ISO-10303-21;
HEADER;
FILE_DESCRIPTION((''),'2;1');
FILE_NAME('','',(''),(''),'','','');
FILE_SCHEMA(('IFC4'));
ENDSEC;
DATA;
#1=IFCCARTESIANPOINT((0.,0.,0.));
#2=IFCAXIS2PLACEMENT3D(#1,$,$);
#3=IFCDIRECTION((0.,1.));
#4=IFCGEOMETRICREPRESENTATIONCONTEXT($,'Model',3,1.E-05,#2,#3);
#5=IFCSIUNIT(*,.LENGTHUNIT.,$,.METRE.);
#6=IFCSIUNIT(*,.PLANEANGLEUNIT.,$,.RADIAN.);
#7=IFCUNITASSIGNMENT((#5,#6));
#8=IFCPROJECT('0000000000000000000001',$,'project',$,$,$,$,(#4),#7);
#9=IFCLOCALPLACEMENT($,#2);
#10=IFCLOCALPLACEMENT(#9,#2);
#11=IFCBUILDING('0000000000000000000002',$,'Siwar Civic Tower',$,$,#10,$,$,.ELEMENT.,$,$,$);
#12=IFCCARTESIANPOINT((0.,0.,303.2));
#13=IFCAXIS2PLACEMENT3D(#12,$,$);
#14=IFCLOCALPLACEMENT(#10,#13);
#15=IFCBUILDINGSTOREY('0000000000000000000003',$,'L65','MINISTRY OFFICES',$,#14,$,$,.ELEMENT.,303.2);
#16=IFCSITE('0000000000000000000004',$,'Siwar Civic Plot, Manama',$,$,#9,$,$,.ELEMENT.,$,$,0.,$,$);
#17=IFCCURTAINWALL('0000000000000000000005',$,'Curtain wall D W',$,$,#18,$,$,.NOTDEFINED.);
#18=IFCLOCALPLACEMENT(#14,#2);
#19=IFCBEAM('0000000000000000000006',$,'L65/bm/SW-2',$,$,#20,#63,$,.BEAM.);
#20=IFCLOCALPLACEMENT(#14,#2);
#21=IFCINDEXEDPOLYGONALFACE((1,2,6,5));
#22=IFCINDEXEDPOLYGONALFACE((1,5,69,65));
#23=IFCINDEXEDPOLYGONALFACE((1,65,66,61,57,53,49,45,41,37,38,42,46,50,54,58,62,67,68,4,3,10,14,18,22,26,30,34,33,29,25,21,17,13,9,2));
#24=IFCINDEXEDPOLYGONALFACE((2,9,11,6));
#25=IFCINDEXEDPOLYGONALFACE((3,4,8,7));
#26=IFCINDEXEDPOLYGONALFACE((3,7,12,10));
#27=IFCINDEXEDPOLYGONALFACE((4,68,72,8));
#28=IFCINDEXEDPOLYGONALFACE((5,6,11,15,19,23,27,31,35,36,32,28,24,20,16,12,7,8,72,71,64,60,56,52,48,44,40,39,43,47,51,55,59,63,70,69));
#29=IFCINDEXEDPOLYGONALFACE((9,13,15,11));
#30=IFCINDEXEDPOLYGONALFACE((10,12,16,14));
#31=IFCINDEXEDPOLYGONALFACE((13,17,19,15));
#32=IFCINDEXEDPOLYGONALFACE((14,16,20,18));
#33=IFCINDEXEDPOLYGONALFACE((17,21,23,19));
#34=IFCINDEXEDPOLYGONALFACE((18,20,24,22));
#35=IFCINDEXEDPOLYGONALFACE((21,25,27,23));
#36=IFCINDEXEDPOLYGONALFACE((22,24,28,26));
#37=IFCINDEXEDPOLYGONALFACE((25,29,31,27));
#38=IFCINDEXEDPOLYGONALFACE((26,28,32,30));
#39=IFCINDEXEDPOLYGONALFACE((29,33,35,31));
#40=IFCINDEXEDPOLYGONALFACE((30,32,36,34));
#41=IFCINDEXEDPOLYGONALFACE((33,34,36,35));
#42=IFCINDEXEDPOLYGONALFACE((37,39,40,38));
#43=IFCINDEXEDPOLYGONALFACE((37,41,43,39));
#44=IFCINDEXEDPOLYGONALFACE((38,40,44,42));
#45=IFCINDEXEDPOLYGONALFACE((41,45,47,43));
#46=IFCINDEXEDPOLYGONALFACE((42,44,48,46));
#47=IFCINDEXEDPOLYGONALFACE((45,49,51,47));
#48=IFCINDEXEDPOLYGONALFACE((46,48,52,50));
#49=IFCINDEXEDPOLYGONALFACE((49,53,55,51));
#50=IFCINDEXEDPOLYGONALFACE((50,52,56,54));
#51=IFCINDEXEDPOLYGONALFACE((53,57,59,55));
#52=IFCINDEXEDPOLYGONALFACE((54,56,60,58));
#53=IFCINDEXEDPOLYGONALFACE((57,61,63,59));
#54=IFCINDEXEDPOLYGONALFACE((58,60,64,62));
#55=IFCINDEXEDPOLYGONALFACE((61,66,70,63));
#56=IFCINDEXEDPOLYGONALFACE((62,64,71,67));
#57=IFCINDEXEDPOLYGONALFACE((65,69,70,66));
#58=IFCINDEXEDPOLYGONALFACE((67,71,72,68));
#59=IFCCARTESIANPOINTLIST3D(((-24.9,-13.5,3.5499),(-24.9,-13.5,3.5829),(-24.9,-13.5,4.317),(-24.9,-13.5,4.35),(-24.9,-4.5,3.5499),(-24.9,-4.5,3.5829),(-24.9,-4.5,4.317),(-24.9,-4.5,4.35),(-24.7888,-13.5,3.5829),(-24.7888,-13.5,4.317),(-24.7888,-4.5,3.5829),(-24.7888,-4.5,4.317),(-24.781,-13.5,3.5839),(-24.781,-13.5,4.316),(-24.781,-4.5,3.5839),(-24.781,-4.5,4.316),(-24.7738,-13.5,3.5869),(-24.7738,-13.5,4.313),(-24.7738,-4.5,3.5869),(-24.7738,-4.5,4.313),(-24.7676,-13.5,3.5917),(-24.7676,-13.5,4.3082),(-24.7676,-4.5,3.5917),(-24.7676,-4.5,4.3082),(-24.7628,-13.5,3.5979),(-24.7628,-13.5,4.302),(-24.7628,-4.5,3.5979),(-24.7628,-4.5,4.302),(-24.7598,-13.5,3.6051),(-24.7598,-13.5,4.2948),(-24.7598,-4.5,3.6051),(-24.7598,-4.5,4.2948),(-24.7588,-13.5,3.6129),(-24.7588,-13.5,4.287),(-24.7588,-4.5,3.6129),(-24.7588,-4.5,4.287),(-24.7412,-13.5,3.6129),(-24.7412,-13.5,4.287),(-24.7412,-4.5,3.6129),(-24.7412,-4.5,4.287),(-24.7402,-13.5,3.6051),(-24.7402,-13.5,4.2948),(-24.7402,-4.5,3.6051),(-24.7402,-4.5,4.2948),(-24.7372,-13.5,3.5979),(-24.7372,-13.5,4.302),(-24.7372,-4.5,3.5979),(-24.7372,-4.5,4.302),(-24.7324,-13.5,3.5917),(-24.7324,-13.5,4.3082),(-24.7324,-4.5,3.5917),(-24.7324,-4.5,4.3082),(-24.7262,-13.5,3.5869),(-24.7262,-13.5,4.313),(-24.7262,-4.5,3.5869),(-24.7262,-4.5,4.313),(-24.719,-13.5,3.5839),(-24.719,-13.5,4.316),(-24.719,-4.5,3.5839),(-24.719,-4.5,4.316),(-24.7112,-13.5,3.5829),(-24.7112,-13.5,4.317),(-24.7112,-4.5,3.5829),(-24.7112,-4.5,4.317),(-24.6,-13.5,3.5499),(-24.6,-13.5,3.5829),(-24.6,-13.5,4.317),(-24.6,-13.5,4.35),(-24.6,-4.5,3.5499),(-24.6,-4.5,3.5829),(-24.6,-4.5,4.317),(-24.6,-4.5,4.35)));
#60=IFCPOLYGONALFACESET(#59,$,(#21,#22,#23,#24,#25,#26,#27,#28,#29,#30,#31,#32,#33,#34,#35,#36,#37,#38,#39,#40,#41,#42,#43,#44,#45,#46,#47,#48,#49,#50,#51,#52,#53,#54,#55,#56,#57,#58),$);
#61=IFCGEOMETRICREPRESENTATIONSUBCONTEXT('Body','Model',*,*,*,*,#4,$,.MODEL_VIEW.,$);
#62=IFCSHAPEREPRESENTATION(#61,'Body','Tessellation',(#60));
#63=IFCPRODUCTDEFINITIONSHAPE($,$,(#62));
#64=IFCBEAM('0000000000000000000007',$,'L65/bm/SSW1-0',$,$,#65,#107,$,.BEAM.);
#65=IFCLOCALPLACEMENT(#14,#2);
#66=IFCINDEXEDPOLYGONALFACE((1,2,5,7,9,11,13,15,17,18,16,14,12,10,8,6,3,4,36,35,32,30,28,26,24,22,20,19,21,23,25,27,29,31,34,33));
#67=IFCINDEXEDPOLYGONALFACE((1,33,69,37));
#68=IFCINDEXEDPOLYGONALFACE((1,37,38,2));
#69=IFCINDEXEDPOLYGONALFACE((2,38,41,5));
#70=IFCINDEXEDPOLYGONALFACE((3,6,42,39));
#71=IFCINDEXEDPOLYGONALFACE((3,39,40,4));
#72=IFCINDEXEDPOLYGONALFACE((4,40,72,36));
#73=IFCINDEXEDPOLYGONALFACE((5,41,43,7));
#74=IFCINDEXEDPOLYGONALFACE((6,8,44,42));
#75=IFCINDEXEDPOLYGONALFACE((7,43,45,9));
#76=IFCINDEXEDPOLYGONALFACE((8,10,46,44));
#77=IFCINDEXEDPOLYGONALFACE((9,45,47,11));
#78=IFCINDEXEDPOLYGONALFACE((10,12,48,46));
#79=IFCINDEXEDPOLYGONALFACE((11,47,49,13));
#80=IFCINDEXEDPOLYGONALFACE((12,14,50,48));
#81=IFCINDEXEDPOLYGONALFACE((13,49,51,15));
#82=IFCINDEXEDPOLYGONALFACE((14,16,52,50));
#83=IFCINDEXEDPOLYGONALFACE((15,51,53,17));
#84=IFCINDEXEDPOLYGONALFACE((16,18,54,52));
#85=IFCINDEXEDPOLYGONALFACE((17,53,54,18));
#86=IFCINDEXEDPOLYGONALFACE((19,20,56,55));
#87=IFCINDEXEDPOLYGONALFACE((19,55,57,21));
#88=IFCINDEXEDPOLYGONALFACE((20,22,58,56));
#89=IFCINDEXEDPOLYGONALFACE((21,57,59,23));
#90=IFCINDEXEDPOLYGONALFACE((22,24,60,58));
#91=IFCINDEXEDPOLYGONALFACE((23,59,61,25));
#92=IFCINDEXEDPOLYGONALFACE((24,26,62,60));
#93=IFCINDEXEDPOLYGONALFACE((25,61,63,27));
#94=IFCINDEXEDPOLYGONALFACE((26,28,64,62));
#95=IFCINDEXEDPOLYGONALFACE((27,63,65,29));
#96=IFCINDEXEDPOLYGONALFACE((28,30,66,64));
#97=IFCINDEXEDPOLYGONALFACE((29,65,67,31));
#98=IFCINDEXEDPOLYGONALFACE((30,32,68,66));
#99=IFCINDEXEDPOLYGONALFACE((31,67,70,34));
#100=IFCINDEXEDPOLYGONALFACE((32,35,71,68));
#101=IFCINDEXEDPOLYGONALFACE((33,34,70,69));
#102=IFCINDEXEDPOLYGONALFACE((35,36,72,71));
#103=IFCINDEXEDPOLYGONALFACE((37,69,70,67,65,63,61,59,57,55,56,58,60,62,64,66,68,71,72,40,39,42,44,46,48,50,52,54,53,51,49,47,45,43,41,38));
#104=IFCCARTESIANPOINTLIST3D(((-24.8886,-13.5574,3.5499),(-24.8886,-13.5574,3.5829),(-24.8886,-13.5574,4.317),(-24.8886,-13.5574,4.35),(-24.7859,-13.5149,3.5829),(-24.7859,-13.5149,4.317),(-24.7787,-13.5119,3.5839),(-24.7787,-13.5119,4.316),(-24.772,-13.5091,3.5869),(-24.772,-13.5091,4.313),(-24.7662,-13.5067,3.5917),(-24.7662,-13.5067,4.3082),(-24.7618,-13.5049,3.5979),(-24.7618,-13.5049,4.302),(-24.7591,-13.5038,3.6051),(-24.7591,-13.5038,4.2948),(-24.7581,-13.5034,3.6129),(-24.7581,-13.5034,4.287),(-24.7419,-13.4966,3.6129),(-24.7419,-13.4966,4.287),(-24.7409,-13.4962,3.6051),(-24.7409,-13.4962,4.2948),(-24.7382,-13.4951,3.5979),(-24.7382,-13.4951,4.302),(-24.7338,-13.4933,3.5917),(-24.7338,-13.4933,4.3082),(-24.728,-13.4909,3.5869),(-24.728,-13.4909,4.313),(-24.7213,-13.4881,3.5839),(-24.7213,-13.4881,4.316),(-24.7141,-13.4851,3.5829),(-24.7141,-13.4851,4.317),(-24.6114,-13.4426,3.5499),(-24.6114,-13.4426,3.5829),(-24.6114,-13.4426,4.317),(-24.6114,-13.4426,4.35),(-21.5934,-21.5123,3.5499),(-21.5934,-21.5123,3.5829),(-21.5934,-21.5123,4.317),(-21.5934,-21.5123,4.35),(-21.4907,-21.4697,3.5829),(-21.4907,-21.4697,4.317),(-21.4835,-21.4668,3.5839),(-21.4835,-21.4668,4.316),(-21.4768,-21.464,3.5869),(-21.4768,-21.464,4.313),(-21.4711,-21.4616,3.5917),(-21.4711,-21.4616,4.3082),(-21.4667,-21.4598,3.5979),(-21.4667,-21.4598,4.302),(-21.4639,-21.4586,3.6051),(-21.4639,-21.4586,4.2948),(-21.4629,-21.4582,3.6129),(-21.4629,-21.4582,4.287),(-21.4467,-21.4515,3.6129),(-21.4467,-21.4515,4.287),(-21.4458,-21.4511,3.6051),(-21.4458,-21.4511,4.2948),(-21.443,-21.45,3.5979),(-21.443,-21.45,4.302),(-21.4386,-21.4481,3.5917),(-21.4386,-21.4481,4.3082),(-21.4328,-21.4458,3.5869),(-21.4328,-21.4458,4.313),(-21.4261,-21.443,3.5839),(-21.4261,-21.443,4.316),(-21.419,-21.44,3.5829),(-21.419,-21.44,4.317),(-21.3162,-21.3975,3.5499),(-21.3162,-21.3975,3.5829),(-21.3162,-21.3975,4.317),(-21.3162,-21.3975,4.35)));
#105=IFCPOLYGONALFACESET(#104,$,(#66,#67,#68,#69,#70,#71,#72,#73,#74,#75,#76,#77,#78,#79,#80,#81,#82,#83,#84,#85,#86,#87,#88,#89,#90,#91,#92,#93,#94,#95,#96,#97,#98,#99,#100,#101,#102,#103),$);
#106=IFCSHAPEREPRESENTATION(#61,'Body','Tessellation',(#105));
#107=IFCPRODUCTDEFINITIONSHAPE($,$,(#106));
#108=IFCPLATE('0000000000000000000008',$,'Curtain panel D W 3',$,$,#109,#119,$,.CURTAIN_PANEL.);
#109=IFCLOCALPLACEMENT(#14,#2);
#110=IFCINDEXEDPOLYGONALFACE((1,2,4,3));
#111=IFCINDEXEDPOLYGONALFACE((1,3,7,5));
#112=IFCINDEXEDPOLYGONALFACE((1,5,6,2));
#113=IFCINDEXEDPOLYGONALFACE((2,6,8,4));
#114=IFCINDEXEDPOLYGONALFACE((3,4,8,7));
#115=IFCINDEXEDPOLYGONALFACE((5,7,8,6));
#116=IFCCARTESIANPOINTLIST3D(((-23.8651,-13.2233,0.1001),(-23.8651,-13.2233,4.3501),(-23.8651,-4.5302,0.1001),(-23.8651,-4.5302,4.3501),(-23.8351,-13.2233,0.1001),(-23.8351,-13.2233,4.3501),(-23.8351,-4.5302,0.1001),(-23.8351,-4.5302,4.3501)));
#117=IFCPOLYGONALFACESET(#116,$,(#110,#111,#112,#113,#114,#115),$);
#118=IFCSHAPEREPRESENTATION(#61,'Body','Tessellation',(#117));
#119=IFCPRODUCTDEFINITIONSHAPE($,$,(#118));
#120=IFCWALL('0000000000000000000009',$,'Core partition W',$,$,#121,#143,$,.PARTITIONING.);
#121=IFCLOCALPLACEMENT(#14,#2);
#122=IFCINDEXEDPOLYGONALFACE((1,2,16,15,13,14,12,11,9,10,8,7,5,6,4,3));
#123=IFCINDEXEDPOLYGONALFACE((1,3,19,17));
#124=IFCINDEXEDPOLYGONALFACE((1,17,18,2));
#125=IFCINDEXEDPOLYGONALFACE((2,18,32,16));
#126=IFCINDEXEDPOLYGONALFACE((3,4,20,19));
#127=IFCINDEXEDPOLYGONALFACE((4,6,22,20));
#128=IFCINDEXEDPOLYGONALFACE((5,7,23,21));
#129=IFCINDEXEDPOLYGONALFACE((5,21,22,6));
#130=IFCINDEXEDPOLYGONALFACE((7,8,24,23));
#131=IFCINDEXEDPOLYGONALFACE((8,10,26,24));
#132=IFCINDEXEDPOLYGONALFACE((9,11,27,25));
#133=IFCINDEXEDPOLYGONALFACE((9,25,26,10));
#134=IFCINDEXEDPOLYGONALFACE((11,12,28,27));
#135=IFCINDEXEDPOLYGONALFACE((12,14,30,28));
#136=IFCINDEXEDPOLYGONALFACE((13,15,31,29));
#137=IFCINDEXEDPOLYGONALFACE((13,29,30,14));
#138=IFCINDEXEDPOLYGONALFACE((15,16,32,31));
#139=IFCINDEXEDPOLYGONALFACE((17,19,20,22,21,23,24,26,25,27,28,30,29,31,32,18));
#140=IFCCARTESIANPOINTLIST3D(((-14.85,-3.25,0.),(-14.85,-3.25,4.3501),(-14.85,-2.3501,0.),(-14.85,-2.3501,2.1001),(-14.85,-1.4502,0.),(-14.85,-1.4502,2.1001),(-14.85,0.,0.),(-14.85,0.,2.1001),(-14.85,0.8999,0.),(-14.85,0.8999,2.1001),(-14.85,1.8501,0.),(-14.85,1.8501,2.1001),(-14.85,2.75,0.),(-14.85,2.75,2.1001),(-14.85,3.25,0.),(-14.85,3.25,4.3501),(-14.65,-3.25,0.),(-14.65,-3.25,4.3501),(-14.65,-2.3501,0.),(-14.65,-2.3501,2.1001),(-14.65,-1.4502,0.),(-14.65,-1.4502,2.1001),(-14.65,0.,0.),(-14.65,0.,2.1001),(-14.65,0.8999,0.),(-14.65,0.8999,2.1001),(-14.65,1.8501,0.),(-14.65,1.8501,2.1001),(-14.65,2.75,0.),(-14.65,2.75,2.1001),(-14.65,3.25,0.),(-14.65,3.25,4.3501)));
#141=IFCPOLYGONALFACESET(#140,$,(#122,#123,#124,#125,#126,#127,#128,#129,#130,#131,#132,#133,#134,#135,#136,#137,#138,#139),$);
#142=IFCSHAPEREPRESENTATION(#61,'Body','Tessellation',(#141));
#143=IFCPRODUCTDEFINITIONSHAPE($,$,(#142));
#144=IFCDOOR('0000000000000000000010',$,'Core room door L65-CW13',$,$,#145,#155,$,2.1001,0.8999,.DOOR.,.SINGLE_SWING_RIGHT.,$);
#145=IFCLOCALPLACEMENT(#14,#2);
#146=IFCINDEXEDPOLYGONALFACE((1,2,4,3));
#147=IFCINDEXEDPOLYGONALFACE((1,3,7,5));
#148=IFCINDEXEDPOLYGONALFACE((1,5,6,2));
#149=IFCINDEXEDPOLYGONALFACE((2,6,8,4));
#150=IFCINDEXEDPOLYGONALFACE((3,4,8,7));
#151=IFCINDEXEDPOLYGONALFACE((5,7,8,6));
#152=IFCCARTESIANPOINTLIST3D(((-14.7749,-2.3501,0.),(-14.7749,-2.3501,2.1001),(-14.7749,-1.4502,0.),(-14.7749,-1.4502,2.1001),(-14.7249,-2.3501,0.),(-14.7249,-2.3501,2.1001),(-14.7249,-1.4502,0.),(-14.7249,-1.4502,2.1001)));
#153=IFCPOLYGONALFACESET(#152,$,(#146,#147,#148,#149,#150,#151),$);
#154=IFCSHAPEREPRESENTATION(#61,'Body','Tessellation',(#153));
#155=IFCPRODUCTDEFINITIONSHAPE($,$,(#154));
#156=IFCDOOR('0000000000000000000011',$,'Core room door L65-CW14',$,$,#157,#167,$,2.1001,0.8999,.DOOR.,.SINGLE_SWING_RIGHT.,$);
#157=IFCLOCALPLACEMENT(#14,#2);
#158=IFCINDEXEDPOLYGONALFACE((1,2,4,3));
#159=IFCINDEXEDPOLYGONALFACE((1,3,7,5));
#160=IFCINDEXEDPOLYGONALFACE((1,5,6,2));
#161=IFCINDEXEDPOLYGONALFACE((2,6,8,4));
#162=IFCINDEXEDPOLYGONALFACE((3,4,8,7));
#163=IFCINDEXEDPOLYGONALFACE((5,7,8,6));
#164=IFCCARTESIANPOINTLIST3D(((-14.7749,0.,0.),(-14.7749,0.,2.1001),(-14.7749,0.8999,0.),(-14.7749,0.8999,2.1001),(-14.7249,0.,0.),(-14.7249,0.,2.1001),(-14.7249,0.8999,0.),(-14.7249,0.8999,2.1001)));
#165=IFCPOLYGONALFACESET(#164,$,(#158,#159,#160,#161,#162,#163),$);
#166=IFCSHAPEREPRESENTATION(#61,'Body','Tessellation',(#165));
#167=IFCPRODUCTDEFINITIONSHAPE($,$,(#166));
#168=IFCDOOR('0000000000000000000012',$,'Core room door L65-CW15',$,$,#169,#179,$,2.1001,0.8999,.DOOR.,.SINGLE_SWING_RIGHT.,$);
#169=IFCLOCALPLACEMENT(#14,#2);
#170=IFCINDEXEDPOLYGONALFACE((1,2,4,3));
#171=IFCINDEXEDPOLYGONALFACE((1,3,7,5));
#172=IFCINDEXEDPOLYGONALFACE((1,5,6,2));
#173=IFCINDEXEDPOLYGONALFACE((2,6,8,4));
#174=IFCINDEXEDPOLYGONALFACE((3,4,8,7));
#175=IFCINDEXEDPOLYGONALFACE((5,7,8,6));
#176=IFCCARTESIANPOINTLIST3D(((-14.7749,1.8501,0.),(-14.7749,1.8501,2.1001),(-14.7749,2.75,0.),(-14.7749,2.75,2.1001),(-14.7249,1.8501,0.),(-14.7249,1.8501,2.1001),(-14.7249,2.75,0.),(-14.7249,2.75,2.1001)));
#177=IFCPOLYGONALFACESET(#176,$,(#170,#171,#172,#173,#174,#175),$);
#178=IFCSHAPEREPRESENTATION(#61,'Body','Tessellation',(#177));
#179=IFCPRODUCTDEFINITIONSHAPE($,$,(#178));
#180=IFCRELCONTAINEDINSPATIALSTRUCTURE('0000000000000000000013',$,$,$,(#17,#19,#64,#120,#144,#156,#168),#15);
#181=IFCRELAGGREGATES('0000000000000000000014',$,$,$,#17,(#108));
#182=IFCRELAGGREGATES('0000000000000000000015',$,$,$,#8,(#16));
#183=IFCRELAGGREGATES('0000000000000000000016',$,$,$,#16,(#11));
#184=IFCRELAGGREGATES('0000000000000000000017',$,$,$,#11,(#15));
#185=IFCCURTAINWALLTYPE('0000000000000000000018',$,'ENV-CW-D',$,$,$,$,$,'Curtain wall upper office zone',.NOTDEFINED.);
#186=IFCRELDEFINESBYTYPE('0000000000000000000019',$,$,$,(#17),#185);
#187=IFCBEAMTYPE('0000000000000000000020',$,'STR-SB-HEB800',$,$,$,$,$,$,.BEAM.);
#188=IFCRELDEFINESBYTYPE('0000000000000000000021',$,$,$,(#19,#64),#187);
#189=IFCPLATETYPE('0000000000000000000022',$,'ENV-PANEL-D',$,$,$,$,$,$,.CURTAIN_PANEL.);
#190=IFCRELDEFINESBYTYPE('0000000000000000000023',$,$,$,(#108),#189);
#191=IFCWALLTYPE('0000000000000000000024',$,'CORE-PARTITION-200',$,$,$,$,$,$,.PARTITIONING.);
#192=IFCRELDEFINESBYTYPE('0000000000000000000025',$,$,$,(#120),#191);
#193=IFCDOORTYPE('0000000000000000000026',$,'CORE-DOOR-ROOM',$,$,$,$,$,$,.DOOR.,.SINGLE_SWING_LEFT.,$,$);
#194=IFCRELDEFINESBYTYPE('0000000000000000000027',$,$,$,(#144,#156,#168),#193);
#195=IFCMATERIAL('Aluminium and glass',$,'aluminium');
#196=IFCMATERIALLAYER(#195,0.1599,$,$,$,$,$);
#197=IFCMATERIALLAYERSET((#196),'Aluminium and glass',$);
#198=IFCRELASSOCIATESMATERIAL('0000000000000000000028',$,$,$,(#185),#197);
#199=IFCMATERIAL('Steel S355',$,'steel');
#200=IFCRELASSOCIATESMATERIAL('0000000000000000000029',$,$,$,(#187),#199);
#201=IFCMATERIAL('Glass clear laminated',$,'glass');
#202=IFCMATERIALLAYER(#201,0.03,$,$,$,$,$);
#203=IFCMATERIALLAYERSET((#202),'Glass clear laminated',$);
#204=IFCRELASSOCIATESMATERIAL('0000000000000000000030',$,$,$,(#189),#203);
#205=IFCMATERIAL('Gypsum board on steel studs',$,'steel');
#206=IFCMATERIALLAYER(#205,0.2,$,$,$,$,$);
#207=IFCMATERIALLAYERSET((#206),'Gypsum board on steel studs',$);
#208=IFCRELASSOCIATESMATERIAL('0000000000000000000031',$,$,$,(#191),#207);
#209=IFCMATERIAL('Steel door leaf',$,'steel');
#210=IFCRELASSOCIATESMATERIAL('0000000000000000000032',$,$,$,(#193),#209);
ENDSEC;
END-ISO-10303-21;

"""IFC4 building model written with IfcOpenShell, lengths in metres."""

from ifc_helpers import new_model, si_unit, direction, frame, frame_2d, origin, origin_2d, place, context, subcontext, project, spatial, rectangle, i_section, extrude, material, layer, layer_set, material_profile, profile_set, type_object, element, fill, aggregate, save


model = new_model("IFC4")

# Units and contexts
model_context = context("Model", 3, precision=1e-05, world=origin(), true_north=direction((0.0, 1.0)))
body_context = subcontext(model_context, "Body", "Model", "MODEL_VIEW")
ifc_project = project(units=[si_unit("LENGTHUNIT", "METRE"), si_unit("PLANEANGLEUNIT", "RADIAN")], contexts=[model_context])

# Site, building, storey
site_placement = place(None, origin())
site = spatial("IfcSite", under=ifc_project, at=site_placement, Name="Siwar Civic Plot, Manama", CompositionType="ELEMENT", RefElevation=0.0)
building_placement = place(site_placement, origin())
building = spatial("IfcBuilding", under=site, at=building_placement, Name="Siwar Civic Tower", CompositionType="ELEMENT")
storey_placement = place(building_placement, frame((0.0, 0.0, 303.2)))
storey = spatial("IfcBuildingStorey", under=building, at=storey_placement, Name="L65", Description="MINISTRY OFFICES", CompositionType="ELEMENT", Elevation=303.2)

# Curtain wall
ifc_material_1 = material(Name="Aluminium and glass", Category="aluminium")
ifc_layer_1 = layer(ifc_material_1, 0.1599)
ifc_layer_set_1 = layer_set([ifc_layer_1], Name="Aluminium and glass")
curtain_wall_type_1 = type_object("IfcCurtainWallType", Name="ENV-CW-D", ElementType="Curtain wall upper office zone", PredefinedType="NOTDEFINED", material=ifc_layer_set_1)
curtain_wall_1_placement = place(storey_placement, origin())
curtain_wall_1 = element("IfcCurtainWall", 1, at=curtain_wall_1_placement, inside=storey, type_object=curtain_wall_type_1, Name="Curtain wall D W", PredefinedType="NOTDEFINED")

# Beams
ifc_material_2 = material(Name="Steel S355", Category="steel")
ifc_material_profile_1 = material_profile(ifc_material_2, i_section(OverallWidth=0.3, OverallDepth=0.8, WebThickness=0.0176, FlangeThickness=0.033, FilletRadius=0.03, at=origin_2d()), Name="HEB800")
ifc_profile_set_1 = profile_set([ifc_material_profile_1], Name="Steel S355")
beam_type_1 = type_object("IfcBeamType", Name="STR-SB-HEB800", PredefinedType="BEAM", material=ifc_profile_set_1)
beam_1_placement = place(storey_placement, frame((-24.75, -4.5, 3.95), z_axis=(0.0, -1.0, 0.0), x_axis=(1.0, 0.0, 0.0)))
element("IfcBeam", 2, at=beam_1_placement, inside=storey, type_object=beam_type_1, Name="L65/bm/SW-2", PredefinedType="BEAM", context=body_context, shape_type="SweptSolid", body=[
    extrude(i_section(OverallWidth=0.3, OverallDepth=0.8, WebThickness=0.0176, FlangeThickness=0.033, FilletRadius=0.03, at=origin_2d()), origin(), (0.0, 0.0, 1.0), 9.0),
])
beam_2_placement = place(storey_placement, frame((-24.75, -13.5, 3.95), z_axis=(0.3827, -0.923873, 0.0), x_axis=(0.923873, 0.3827, 0.0)))
element("IfcBeam", 3, at=beam_2_placement, inside=storey, type_object=beam_type_1, Name="L65/bm/SSW1-0", PredefinedType="BEAM", context=body_context, shape_type="SweptSolid", body=[
    extrude(i_section(OverallWidth=0.3, OverallDepth=0.8, WebThickness=0.0176, FlangeThickness=0.033, FilletRadius=0.03, at=origin_2d()), origin(), (0.0, 0.0, 1.0), 8.6104),
])

# Plate
ifc_material_3 = material(Name="Glass clear laminated", Category="glass")
ifc_layer_2 = layer(ifc_material_3, 0.03)
ifc_layer_set_2 = layer_set([ifc_layer_2], Name="Glass clear laminated")
plate_type = type_object("IfcPlateType", Name="ENV-PANEL-D", PredefinedType="CURTAIN_PANEL", material=ifc_layer_set_2)
plate_placement = place(storey_placement, frame((-23.8501, -8.8767, 0.1001), z_axis=(0.0, 0.0, 1.0), x_axis=(0.0, -1.0, 0.0)))
plate = element("IfcPlate", 4, at=plate_placement, type_object=plate_type, Name="Curtain panel D W 3", PredefinedType="CURTAIN_PANEL", context=body_context, shape_type="SweptSolid", body=[
    extrude(rectangle(XDim=8.6931, YDim=0.03, at=origin_2d()), origin(), (0.0, 0.0, 1.0), 4.25),
])
aggregate(curtain_wall_1, [plate])

# Wall, openings, doors
ifc_material_4 = material(Name="Gypsum board on steel studs", Category="steel")
ifc_layer_3 = layer(ifc_material_4, 0.2)
ifc_layer_set_3 = layer_set([ifc_layer_3], Name="Gypsum board on steel studs")
wall_type_1 = type_object("IfcWallType", Name="CORE-PARTITION-200", PredefinedType="PARTITIONING", material=ifc_layer_set_3)
wall_1_placement = place(storey_placement, frame((-14.75, -3.25, 0.0), z_axis=(0.0, 0.0, 1.0), x_axis=(0.0, 1.0, 0.0)))
wall_1 = element("IfcWall", 5, at=wall_1_placement, inside=storey, type_object=wall_type_1, Name="Core partition W", PredefinedType="PARTITIONING", context=body_context, shape_type="SweptSolid", body=[
    extrude(rectangle(XDim=6.5, YDim=0.2, at=frame_2d((3.25, 0.0))), origin(), (0.0, 0.0, 1.0), 4.3501),
])
opening_1_placement = place(wall_1_placement, frame((0.8999, 0.0, 0.0)))
opening_1 = element("IfcOpeningElement", 6, at=opening_1_placement, cuts=wall_1, PredefinedType="OPENING", context=body_context, shape_type="SweptSolid", body=[
    extrude(rectangle(XDim=0.8999, YDim=2.1001, at=frame_2d((0.45, 1.05))), frame((0.0, 0.1099, 0.0), z_axis=(0.0, -1.0, 0.0), x_axis=(1.0, 0.0, 0.0)), (0.0, 0.0, 1.0), 0.22),
])
opening_2_placement = place(wall_1_placement, frame((3.25, 0.0, 0.0)))
opening_2 = element("IfcOpeningElement", 7, at=opening_2_placement, cuts=wall_1, PredefinedType="OPENING", context=body_context, shape_type="SweptSolid", body=[
    extrude(rectangle(XDim=0.8999, YDim=2.1001, at=frame_2d((0.45, 1.05))), frame((0.0, 0.1099, 0.0), z_axis=(0.0, -1.0, 0.0), x_axis=(1.0, 0.0, 0.0)), (0.0, 0.0, 1.0), 0.22),
])
opening_3_placement = place(wall_1_placement, frame((5.1001, 0.0, 0.0)))
opening_3 = element("IfcOpeningElement", 8, at=opening_3_placement, cuts=wall_1, PredefinedType="OPENING", context=body_context, shape_type="SweptSolid", body=[
    extrude(rectangle(XDim=0.8999, YDim=2.1001, at=frame_2d((0.45, 1.05))), frame((0.0, 0.1099, 0.0), z_axis=(0.0, -1.0, 0.0), x_axis=(1.0, 0.0, 0.0)), (0.0, 0.0, 1.0), 0.22),
])
ifc_material_5 = material(Name="Steel door leaf", Category="steel")
door_type_1 = type_object("IfcDoorType", Name="CORE-DOOR-ROOM", OperationType="SINGLE_SWING_LEFT", PredefinedType="DOOR", material=ifc_material_5)
door_1_placement = place(opening_1_placement, origin())
door_1 = element("IfcDoor", 9, at=door_1_placement, inside=storey, type_object=door_type_1, Name="Core room door L65-CW13", OperationType="SINGLE_SWING_RIGHT", OverallHeight=2.1001, OverallWidth=0.8999, PredefinedType="DOOR", context=body_context, shape_type="SweptSolid", body=[
    extrude(rectangle(XDim=0.8999, YDim=2.1001, at=frame_2d((0.45, 1.05))), frame((0.0, 0.0249, 0.0), z_axis=(0.0, -1.0, 0.0), x_axis=(1.0, 0.0, 0.0)), (0.0, 0.0, 1.0), 0.05),
])
fill(opening_1, door_1)
door_2_placement = place(opening_2_placement, origin())
door_2 = element("IfcDoor", 10, at=door_2_placement, inside=storey, type_object=door_type_1, Name="Core room door L65-CW14", OperationType="SINGLE_SWING_RIGHT", OverallHeight=2.1001, OverallWidth=0.8999, PredefinedType="DOOR", context=body_context, shape_type="SweptSolid", body=[
    extrude(rectangle(XDim=0.8999, YDim=2.1001, at=frame_2d((0.45, 1.05))), frame((0.0, 0.0249, 0.0), z_axis=(0.0, -1.0, 0.0), x_axis=(1.0, 0.0, 0.0)), (0.0, 0.0, 1.0), 0.05),
])
fill(opening_2, door_2)
door_3_placement = place(opening_3_placement, origin())
door_3 = element("IfcDoor", 11, at=door_3_placement, inside=storey, type_object=door_type_1, Name="Core room door L65-CW15", OperationType="SINGLE_SWING_RIGHT", OverallHeight=2.1001, OverallWidth=0.8999, PredefinedType="DOOR", context=body_context, shape_type="SweptSolid", body=[
    extrude(rectangle(XDim=0.8999, YDim=2.1001, at=frame_2d((0.45, 1.05))), frame((0.0, 0.0249, 0.0), z_axis=(0.0, -1.0, 0.0), x_axis=(1.0, 0.0, 0.0)), (0.0, 0.0, 1.0), 0.05),
])
fill(opening_3, door_3)

save(model, "model.ifc")
